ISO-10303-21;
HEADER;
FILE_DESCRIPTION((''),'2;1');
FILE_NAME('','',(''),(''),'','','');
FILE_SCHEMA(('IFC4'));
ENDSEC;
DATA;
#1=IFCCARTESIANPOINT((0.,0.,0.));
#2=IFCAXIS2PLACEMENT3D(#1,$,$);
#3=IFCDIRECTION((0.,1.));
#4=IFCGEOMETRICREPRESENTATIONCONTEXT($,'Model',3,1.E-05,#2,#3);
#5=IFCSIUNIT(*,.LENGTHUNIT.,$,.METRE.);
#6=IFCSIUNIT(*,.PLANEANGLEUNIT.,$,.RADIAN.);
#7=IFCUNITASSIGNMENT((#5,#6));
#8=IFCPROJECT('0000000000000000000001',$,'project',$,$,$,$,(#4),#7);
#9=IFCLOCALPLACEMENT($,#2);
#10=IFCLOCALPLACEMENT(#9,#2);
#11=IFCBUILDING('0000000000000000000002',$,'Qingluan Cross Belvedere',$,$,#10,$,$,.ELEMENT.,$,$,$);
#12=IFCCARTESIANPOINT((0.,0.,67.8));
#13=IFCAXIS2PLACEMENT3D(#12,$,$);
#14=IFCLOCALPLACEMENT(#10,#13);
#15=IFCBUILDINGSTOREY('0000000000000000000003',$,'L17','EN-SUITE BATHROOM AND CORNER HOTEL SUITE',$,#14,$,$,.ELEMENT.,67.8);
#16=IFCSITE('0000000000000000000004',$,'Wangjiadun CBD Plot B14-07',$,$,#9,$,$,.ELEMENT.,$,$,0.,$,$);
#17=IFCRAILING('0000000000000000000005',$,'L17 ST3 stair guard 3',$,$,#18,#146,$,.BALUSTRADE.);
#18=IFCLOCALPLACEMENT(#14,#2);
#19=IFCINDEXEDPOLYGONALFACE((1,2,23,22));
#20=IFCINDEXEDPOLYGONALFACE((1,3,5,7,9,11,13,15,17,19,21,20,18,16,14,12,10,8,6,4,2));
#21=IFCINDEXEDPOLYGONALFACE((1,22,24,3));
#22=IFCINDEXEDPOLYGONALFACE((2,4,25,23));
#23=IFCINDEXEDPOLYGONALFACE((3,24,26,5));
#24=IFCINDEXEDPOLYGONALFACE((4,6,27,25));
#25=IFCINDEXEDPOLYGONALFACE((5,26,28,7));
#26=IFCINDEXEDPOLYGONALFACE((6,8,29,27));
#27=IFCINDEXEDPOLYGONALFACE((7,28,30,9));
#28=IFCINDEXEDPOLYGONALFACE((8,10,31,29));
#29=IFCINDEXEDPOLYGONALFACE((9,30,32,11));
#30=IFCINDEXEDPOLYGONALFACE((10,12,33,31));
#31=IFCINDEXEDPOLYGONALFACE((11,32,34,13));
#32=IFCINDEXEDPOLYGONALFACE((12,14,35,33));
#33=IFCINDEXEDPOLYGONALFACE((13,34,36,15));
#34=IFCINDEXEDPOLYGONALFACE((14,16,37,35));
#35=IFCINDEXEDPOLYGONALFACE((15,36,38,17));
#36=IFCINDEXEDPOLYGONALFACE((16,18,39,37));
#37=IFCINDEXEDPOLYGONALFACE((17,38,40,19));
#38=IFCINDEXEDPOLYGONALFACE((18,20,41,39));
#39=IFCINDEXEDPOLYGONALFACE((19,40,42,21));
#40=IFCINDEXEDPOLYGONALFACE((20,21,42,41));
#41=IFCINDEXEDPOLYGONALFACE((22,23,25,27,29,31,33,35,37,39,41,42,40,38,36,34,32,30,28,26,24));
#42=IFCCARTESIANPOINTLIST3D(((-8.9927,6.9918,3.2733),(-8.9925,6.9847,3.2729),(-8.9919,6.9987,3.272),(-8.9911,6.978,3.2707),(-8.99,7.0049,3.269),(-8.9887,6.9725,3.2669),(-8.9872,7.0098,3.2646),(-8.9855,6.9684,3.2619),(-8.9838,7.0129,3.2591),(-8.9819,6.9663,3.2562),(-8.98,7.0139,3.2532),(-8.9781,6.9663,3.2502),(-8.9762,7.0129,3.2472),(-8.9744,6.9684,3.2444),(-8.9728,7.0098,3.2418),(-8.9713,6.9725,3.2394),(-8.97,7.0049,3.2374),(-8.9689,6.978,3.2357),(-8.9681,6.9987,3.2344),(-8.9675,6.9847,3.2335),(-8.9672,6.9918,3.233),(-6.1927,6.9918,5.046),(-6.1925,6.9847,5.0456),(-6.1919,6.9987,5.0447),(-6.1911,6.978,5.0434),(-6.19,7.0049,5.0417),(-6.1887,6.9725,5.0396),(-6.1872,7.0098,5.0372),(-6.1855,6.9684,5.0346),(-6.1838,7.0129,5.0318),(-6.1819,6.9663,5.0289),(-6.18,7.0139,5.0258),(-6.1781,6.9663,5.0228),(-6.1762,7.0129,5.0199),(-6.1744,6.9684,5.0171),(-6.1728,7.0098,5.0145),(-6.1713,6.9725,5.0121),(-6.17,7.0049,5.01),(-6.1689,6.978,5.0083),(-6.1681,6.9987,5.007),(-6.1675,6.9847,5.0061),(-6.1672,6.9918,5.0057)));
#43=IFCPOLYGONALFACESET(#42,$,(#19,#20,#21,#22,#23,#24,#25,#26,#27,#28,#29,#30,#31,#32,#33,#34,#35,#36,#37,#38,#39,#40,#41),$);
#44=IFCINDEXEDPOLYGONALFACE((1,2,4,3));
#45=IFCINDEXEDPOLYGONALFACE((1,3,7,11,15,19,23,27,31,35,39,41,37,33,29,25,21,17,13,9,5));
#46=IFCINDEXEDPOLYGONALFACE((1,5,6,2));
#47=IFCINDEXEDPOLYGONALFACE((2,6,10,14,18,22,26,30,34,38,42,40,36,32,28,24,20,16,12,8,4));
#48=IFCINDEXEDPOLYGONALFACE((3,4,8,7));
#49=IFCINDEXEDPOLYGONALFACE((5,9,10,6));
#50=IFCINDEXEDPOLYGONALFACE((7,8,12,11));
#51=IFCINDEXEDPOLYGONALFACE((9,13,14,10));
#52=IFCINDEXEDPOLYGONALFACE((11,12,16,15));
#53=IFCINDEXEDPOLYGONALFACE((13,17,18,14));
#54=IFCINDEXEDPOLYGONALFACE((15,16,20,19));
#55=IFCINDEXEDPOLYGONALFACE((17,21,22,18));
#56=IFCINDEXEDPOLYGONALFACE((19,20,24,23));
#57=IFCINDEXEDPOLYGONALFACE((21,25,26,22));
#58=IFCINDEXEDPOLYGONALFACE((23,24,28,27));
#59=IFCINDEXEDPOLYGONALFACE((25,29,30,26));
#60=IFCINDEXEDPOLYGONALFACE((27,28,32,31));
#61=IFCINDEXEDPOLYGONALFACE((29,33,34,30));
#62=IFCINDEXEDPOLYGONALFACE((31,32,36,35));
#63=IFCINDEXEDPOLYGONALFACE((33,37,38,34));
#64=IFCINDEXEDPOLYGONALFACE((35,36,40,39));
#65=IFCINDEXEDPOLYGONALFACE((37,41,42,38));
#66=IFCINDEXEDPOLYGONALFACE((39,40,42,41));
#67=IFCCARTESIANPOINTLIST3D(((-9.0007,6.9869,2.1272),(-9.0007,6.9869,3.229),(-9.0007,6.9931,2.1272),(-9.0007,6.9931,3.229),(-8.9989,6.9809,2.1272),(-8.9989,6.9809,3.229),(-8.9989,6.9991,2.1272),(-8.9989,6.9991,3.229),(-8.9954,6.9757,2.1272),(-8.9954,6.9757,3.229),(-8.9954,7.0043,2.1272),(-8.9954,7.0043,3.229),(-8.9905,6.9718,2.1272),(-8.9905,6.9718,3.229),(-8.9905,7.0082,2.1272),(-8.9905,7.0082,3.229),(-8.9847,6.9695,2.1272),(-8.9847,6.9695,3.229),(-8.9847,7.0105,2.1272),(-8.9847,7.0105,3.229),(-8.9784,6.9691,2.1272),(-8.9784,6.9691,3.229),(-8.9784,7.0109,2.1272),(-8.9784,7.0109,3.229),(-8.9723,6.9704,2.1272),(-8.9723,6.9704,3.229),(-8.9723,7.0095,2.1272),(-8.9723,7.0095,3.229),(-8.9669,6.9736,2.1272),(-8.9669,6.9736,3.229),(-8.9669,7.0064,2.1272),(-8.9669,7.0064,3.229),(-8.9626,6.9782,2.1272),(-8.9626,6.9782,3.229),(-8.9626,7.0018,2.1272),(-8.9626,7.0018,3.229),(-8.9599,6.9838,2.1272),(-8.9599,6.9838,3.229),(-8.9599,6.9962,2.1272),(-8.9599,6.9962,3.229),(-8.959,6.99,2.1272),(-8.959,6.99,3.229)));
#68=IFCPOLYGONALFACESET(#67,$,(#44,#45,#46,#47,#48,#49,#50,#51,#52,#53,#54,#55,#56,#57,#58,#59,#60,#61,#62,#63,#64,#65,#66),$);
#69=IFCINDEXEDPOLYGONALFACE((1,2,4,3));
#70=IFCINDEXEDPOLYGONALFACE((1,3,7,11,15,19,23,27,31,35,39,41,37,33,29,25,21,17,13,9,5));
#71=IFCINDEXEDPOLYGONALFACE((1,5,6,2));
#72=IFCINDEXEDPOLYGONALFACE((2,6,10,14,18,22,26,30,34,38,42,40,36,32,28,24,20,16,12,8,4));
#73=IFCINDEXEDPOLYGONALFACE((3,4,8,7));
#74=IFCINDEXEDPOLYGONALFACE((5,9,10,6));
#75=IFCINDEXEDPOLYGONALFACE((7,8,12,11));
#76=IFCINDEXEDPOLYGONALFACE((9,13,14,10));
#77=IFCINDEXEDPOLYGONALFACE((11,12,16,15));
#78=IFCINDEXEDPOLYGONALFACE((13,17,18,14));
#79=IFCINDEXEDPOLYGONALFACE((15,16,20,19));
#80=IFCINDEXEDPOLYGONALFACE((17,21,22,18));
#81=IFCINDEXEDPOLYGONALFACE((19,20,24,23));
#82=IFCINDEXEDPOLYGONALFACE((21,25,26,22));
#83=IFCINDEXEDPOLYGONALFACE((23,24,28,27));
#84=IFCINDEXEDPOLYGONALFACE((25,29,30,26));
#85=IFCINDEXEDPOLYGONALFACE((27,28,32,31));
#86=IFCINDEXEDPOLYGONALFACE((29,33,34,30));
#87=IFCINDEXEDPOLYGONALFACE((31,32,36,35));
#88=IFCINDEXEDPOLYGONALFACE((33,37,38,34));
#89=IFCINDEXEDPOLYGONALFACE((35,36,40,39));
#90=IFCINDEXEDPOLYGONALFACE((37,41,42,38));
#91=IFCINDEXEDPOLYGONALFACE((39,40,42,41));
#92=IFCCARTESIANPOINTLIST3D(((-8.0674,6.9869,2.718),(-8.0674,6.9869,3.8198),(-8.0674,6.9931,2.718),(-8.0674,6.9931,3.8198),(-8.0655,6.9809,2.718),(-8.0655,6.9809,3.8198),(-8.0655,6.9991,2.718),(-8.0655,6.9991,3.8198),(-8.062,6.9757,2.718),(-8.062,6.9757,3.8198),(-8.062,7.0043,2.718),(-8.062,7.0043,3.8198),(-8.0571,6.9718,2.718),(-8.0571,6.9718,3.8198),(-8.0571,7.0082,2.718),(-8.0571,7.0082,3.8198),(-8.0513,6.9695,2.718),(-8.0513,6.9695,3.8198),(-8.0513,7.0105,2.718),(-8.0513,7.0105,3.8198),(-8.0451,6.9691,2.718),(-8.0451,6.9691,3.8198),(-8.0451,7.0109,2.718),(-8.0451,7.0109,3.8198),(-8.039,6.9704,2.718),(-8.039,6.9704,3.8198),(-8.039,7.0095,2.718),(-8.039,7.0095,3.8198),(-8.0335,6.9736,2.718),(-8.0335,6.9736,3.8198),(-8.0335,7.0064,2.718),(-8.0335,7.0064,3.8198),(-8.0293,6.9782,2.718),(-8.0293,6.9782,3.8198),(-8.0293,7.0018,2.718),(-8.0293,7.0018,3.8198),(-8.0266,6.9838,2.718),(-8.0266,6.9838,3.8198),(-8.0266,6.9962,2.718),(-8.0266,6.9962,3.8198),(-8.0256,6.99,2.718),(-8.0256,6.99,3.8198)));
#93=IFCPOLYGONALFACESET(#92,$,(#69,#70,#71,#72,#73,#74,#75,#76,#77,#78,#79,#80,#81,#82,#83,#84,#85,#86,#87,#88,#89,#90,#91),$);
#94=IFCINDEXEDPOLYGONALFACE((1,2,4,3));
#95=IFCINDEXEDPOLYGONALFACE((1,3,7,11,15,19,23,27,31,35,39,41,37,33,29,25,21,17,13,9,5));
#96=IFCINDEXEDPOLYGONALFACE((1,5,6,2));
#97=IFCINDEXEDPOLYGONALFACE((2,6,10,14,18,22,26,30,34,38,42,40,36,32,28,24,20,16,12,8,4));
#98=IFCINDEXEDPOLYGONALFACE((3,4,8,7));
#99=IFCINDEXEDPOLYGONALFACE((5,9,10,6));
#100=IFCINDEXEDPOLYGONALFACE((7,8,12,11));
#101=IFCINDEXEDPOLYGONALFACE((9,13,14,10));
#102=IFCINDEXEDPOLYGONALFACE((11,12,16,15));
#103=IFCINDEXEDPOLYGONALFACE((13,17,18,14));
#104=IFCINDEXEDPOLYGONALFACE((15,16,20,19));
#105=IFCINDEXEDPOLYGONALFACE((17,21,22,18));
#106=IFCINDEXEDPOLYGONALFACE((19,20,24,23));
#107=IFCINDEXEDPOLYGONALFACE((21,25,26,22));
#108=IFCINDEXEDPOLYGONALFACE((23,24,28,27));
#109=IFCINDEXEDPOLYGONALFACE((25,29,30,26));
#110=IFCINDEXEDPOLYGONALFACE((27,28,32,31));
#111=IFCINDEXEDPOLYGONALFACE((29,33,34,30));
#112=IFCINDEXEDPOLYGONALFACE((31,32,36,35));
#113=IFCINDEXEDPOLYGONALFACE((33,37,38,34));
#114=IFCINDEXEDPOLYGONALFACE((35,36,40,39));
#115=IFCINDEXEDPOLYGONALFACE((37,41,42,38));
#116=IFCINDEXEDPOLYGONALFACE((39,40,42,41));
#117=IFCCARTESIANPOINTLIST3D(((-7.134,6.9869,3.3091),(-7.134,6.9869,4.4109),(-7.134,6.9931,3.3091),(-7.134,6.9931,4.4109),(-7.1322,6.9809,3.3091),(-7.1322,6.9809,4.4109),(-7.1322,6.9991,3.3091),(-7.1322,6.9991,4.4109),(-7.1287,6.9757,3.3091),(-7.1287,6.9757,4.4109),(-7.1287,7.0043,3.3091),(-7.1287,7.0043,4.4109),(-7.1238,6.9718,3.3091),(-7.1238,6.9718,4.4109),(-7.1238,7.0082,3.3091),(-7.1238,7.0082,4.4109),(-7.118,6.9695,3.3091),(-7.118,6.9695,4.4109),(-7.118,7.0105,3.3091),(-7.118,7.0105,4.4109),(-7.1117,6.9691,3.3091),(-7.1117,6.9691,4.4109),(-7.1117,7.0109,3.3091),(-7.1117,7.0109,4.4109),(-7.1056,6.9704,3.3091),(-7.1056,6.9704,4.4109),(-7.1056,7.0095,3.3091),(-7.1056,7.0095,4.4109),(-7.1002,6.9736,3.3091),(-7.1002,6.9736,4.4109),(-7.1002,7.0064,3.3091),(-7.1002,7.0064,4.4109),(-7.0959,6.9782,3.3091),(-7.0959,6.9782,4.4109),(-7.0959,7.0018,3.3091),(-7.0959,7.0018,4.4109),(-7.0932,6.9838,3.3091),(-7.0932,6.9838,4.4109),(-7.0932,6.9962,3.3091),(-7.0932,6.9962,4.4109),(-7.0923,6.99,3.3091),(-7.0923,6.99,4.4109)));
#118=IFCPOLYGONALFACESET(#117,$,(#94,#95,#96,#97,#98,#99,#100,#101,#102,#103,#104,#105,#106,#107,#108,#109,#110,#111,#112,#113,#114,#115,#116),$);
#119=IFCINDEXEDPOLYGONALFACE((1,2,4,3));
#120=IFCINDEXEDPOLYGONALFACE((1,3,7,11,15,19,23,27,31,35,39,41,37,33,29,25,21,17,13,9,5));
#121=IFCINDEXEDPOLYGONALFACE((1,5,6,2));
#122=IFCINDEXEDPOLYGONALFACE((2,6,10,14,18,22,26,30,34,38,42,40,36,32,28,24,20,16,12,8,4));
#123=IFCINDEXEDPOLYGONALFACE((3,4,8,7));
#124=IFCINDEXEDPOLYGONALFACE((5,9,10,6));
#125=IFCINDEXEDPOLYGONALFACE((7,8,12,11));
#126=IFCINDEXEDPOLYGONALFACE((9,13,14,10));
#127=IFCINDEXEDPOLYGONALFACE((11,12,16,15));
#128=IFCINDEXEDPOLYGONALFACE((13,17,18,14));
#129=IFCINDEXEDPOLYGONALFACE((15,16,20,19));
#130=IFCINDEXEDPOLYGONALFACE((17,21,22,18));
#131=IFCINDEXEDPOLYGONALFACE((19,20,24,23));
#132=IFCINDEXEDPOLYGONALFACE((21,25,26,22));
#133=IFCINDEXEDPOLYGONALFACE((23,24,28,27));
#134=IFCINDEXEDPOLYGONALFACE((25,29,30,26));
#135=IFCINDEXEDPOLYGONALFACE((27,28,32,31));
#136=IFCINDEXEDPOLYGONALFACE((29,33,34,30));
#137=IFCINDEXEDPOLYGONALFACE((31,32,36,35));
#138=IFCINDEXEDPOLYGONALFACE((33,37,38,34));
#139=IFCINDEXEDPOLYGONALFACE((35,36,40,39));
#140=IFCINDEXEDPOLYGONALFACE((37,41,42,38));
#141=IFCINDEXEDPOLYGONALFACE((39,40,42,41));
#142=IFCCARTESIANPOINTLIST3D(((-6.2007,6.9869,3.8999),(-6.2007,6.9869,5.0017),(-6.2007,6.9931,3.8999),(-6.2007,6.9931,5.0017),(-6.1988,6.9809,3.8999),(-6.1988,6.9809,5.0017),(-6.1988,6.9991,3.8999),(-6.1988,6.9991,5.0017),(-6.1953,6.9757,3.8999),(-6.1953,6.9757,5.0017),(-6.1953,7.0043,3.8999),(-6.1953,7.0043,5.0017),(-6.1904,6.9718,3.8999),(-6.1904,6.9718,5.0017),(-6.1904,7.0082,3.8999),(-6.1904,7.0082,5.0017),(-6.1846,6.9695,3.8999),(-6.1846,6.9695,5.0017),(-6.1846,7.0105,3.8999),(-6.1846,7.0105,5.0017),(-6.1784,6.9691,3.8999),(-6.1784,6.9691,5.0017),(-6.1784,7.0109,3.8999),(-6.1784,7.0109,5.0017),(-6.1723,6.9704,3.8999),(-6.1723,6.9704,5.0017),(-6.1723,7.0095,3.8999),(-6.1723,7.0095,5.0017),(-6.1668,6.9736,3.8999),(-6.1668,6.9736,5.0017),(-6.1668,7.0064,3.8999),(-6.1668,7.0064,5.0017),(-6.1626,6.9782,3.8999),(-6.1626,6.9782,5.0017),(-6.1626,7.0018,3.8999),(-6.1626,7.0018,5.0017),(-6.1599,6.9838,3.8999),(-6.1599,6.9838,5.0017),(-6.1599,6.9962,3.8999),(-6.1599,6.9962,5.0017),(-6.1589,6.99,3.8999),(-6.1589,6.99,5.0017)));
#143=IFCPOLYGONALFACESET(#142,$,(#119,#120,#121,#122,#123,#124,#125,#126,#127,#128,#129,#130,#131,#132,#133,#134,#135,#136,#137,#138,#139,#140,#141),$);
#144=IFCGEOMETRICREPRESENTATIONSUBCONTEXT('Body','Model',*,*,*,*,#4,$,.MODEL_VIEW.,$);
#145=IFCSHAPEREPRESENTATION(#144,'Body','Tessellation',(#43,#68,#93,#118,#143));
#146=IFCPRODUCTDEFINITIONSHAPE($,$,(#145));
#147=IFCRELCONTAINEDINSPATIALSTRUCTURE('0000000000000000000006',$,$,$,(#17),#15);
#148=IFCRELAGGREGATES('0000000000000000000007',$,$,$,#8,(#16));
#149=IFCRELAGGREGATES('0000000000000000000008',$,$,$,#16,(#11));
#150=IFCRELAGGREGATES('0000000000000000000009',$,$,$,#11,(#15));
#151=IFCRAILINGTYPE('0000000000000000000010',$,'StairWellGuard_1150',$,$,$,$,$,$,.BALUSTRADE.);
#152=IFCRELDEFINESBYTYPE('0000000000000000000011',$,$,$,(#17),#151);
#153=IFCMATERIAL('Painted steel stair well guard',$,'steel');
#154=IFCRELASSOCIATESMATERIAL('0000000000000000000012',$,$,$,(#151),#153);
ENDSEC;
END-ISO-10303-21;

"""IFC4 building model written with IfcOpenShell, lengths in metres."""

from ifc_helpers import new_model, si_unit, direction, frame, origin, origin_2d, place, context, subcontext, project, spatial, circle, extrude, material, type_object, element, save


model = new_model("IFC4")

# Units and contexts
model_context = context("Model", 3, precision=1e-05, world=origin(), true_north=direction((0.0, 1.0)))
body_context = subcontext(model_context, "Body", "Model", "MODEL_VIEW")
ifc_project = project(units=[si_unit("LENGTHUNIT", "METRE"), si_unit("PLANEANGLEUNIT", "RADIAN")], contexts=[model_context])

# Site, building, storey
site_placement = place(None, origin())
site = spatial("IfcSite", under=ifc_project, at=site_placement, Name="Wangjiadun CBD Plot B14-07", CompositionType="ELEMENT", RefElevation=0.0)
building_placement = place(site_placement, origin())
building = spatial("IfcBuilding", under=site, at=building_placement, Name="Qingluan Cross Belvedere", CompositionType="ELEMENT")
storey_placement = place(building_placement, frame((0.0, 0.0, 67.8)))
storey = spatial("IfcBuildingStorey", under=building, at=storey_placement, Name="L17", Description="EN-SUITE BATHROOM AND CORNER HOTEL SUITE", CompositionType="ELEMENT", Elevation=67.8)

# Railing
ifc_material_1 = material(Name="Painted steel stair well guard", Category="steel")
railing_type_1 = type_object("IfcRailingType", Name="StairWellGuard_1150", PredefinedType="BALUSTRADE", material=ifc_material_1)
railing_1_placement = place(storey_placement, frame((-8.98, 6.99, 2.1272)))
element("IfcRailing", 1, at=railing_1_placement, inside=storey, type_object=railing_type_1, Name="L17 ST3 stair guard 3", PredefinedType="BALUSTRADE", context=body_context, shape_type="SweptSolid", body=[
    extrude(circle(Radius=0.0239, at=origin_2d()), frame((0.0, 0.0, 1.126), z_axis=(0.844909, 0.0, 0.53491), x_axis=(0.0, 1.0, 0.0)), (0.0, 0.0, 1.0), 3.314),
    extrude(circle(Radius=0.021, at=origin_2d()), origin(), (0.0, 0.0, 1.0), 1.1018),
    extrude(circle(Radius=0.021, at=origin_2d()), frame((0.9333, 0.0, 0.5908)), (0.0, 0.0, 1.0), 1.1018),
    extrude(circle(Radius=0.021, at=origin_2d()), frame((1.8667, 0.0, 1.1819)), (0.0, 0.0, 1.0), 1.1018),
    extrude(circle(Radius=0.021, at=origin_2d()), frame((2.8, 0.0, 1.7727)), (0.0, 0.0, 1.0), 1.1018),
])

save(model, "model.ifc")
